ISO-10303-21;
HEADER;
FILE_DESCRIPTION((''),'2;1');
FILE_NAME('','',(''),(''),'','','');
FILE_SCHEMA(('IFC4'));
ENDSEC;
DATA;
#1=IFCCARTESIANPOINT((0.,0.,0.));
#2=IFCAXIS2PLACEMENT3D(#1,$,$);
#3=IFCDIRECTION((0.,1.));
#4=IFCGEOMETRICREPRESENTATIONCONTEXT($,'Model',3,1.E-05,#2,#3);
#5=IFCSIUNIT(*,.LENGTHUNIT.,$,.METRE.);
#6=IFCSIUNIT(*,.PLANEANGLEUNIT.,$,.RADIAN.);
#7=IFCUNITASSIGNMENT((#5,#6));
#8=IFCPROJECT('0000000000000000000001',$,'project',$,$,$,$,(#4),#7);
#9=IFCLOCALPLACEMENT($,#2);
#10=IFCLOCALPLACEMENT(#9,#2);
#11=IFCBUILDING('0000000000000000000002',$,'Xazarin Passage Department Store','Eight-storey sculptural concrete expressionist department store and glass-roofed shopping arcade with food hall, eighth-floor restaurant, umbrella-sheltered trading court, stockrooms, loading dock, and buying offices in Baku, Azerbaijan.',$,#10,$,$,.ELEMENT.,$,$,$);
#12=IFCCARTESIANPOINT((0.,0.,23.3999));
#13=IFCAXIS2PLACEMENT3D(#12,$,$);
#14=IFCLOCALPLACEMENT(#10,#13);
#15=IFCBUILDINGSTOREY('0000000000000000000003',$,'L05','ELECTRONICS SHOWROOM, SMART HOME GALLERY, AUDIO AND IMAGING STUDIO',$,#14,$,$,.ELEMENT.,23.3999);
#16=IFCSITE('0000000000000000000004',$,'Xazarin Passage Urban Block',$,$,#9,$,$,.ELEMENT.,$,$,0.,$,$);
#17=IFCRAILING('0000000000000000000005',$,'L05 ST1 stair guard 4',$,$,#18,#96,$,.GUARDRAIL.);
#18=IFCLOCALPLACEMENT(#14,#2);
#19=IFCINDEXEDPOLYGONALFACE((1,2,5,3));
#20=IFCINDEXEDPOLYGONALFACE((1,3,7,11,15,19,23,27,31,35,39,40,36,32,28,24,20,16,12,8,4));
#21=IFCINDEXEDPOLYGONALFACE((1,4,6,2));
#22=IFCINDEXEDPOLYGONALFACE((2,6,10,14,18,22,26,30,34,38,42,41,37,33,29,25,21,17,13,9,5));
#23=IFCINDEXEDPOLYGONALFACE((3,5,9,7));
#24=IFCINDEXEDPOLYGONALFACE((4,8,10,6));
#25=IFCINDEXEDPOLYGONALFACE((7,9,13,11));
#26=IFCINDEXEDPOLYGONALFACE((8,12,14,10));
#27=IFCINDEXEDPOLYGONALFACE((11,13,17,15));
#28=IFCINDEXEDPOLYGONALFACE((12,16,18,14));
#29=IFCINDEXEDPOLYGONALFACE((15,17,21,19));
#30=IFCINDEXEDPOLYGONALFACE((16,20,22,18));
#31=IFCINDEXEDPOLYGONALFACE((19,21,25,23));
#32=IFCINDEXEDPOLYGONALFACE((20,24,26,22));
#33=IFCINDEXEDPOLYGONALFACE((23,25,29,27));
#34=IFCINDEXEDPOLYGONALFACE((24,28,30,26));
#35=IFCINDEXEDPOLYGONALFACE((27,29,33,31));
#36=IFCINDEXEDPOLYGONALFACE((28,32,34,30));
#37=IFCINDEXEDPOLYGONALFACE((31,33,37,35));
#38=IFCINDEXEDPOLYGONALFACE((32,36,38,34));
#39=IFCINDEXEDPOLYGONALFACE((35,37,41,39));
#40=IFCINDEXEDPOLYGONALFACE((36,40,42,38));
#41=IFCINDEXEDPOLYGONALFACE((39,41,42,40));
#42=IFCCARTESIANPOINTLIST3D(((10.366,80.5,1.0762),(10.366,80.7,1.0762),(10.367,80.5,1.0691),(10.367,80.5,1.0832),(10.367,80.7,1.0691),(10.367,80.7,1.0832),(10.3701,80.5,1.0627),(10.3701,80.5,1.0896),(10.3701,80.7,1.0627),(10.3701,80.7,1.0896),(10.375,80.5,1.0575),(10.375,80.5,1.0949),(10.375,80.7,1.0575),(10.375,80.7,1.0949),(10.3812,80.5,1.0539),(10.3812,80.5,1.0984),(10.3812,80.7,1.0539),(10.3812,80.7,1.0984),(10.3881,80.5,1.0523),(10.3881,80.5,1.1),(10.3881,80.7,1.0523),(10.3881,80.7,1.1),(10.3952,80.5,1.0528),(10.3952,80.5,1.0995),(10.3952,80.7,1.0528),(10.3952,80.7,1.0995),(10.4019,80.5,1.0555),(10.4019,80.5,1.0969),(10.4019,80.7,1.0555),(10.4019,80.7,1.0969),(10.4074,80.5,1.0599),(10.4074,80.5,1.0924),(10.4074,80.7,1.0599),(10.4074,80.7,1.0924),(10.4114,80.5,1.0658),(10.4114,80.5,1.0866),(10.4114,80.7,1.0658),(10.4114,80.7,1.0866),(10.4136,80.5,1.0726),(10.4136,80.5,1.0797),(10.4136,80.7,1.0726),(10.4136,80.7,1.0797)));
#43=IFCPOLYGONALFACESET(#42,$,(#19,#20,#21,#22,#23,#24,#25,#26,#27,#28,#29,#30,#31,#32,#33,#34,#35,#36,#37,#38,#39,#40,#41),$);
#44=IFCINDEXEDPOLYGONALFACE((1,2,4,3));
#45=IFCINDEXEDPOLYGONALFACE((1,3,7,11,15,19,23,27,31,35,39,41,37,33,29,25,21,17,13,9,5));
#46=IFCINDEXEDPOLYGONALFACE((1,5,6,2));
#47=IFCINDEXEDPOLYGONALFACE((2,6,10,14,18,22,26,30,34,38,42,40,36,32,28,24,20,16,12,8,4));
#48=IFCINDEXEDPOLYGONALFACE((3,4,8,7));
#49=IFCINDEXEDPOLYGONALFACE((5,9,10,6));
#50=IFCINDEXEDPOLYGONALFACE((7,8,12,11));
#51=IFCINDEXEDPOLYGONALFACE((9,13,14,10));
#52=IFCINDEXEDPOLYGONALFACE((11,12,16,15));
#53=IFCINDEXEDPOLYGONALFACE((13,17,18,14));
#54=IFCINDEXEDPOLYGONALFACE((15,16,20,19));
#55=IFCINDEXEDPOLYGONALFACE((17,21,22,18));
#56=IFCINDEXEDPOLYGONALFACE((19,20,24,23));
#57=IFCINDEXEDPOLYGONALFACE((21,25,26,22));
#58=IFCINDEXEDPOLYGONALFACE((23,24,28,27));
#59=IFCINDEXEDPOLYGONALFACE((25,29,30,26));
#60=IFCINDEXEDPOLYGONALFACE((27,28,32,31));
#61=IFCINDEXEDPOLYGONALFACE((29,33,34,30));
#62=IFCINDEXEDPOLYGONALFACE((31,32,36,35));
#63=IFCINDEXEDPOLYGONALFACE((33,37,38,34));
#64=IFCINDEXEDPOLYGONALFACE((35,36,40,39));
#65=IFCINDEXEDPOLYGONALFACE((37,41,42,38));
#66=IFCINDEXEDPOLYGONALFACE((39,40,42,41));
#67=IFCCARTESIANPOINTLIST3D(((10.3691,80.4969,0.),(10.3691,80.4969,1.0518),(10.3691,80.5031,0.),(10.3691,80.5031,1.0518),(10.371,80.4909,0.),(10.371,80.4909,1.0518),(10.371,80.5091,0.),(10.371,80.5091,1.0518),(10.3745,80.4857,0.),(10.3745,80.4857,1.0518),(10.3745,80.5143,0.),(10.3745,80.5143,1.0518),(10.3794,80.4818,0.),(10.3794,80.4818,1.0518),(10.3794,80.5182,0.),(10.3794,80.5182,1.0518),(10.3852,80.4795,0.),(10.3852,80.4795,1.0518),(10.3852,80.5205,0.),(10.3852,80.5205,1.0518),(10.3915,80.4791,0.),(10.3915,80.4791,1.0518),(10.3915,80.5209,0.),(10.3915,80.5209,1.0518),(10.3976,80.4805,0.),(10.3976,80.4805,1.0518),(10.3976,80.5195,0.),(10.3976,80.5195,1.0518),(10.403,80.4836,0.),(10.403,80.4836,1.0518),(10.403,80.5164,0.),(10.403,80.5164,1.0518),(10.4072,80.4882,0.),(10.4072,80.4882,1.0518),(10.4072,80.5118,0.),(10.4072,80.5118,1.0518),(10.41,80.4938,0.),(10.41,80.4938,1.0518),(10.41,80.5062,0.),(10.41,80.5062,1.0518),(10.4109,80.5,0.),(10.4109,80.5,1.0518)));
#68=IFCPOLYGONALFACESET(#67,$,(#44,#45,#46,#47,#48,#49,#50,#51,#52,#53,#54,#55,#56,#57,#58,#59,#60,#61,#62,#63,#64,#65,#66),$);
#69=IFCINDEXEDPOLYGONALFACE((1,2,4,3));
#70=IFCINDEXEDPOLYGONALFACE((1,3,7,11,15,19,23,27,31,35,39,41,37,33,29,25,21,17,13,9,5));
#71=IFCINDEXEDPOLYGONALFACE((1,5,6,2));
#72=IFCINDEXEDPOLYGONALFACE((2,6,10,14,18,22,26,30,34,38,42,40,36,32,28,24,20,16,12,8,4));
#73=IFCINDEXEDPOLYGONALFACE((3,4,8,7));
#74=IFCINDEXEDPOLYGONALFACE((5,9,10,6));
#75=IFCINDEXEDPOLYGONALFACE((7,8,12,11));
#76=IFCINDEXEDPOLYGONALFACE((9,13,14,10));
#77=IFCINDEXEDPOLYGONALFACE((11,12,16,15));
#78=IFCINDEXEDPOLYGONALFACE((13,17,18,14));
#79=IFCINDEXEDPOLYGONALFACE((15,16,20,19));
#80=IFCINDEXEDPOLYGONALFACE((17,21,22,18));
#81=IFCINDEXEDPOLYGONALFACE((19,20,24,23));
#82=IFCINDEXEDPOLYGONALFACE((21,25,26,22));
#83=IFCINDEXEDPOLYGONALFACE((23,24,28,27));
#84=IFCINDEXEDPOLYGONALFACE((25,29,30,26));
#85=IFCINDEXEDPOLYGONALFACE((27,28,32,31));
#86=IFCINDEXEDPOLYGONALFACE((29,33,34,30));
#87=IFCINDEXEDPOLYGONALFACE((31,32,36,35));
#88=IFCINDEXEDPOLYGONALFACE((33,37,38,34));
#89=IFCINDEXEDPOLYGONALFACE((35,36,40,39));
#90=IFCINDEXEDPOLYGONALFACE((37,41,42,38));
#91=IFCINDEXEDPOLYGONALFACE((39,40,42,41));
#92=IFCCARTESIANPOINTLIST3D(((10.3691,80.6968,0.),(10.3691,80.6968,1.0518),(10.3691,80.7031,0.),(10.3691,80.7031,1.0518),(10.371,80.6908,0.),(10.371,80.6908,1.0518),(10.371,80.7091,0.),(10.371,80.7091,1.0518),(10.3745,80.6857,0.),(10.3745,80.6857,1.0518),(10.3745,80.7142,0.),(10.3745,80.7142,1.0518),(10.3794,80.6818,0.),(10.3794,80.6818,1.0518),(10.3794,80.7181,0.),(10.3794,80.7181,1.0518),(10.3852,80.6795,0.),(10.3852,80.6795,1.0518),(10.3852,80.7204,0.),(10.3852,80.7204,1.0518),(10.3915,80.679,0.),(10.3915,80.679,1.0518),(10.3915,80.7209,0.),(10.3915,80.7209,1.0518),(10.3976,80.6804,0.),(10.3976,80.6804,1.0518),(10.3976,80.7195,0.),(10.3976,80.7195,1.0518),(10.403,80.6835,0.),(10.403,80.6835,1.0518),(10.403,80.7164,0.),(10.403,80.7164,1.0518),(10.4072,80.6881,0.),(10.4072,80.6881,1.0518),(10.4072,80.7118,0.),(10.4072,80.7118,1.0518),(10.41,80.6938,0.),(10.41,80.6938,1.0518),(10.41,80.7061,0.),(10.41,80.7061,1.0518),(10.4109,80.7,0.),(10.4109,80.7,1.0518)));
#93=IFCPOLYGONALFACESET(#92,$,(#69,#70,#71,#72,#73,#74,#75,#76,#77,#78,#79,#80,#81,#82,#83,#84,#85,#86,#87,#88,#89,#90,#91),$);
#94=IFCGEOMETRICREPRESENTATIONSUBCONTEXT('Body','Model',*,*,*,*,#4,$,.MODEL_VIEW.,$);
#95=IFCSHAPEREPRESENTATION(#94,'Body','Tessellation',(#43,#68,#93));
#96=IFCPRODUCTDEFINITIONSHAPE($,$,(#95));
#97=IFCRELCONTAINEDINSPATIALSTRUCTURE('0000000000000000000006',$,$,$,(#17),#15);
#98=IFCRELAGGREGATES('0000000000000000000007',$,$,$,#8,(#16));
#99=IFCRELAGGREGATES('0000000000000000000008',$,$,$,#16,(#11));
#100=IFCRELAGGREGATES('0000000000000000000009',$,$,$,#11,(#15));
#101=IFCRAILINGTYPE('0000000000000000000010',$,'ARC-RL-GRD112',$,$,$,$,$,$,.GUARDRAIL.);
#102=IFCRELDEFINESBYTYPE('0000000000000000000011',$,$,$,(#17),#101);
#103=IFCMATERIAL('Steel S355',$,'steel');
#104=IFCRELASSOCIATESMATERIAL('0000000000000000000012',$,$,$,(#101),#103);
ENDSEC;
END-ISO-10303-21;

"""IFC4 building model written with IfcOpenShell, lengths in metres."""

from ifc_helpers import new_model, si_unit, direction, frame, origin, origin_2d, place, context, subcontext, project, spatial, circle, extrude, material, type_object, element, save


model = new_model("IFC4")

# Units and contexts
model_context = context("Model", 3, precision=1e-05, world=origin(), true_north=direction((0.0, 1.0)))
body_context = subcontext(model_context, "Body", "Model", "MODEL_VIEW")
ifc_project = project(units=[si_unit("LENGTHUNIT", "METRE"), si_unit("PLANEANGLEUNIT", "RADIAN")], contexts=[model_context])

# Site, building, storey
site_placement = place(None, origin())
site = spatial("IfcSite", under=ifc_project, at=site_placement, Name="Xazarin Passage Urban Block", CompositionType="ELEMENT", RefElevation=0.0)
building_placement = place(site_placement, origin())
building = spatial("IfcBuilding", under=site, at=building_placement, Name="Xazarin Passage Department Store", Description="Eight-storey sculptural concrete expressionist department store and glass-roofed shopping arcade with food hall, eighth-floor restaurant, umbrella-sheltered trading court, stockrooms, loading dock, and buying offices in Baku, Azerbaijan.", CompositionType="ELEMENT")
storey_placement = place(building_placement, frame((0.0, 0.0, 23.3999)))
storey = spatial("IfcBuildingStorey", under=building, at=storey_placement, Name="L05", Description="ELECTRONICS SHOWROOM, SMART HOME GALLERY, AUDIO AND IMAGING STUDIO", CompositionType="ELEMENT", Elevation=23.3999)

# Shared definitions
ifc_material_1 = material(Name="Steel S355", Category="steel")

# Railing
railing_type_1 = type_object("IfcRailingType", Name="ARC-RL-GRD112", PredefinedType="GUARDRAIL", material=ifc_material_1)
railing_1_placement = place(storey_placement, frame((10.3899, 80.5, 0.0)))
element("IfcRailing", 1, at=railing_1_placement, inside=storey, type_object=railing_type_1, Name="L05 ST1 stair guard 4", PredefinedType="GUARDRAIL", context=body_context, shape_type="SweptSolid", body=[
    extrude(circle(Radius=0.0239, at=origin_2d()), frame((0.0, 0.0, 1.0762), z_axis=(0.0, 1.0, 0.0), x_axis=(-1.0, 0.0, 0.0)), (0.0, 0.0, 1.0), 0.2),
    extrude(circle(Radius=0.021, at=origin_2d()), origin(), (0.0, 0.0, 1.0), 1.0518),
    extrude(circle(Radius=0.021, at=origin_2d()), frame((0.0, 0.2, 0.0)), (0.0, 0.0, 1.0), 1.0518),
])

save(model, "model.ifc")
